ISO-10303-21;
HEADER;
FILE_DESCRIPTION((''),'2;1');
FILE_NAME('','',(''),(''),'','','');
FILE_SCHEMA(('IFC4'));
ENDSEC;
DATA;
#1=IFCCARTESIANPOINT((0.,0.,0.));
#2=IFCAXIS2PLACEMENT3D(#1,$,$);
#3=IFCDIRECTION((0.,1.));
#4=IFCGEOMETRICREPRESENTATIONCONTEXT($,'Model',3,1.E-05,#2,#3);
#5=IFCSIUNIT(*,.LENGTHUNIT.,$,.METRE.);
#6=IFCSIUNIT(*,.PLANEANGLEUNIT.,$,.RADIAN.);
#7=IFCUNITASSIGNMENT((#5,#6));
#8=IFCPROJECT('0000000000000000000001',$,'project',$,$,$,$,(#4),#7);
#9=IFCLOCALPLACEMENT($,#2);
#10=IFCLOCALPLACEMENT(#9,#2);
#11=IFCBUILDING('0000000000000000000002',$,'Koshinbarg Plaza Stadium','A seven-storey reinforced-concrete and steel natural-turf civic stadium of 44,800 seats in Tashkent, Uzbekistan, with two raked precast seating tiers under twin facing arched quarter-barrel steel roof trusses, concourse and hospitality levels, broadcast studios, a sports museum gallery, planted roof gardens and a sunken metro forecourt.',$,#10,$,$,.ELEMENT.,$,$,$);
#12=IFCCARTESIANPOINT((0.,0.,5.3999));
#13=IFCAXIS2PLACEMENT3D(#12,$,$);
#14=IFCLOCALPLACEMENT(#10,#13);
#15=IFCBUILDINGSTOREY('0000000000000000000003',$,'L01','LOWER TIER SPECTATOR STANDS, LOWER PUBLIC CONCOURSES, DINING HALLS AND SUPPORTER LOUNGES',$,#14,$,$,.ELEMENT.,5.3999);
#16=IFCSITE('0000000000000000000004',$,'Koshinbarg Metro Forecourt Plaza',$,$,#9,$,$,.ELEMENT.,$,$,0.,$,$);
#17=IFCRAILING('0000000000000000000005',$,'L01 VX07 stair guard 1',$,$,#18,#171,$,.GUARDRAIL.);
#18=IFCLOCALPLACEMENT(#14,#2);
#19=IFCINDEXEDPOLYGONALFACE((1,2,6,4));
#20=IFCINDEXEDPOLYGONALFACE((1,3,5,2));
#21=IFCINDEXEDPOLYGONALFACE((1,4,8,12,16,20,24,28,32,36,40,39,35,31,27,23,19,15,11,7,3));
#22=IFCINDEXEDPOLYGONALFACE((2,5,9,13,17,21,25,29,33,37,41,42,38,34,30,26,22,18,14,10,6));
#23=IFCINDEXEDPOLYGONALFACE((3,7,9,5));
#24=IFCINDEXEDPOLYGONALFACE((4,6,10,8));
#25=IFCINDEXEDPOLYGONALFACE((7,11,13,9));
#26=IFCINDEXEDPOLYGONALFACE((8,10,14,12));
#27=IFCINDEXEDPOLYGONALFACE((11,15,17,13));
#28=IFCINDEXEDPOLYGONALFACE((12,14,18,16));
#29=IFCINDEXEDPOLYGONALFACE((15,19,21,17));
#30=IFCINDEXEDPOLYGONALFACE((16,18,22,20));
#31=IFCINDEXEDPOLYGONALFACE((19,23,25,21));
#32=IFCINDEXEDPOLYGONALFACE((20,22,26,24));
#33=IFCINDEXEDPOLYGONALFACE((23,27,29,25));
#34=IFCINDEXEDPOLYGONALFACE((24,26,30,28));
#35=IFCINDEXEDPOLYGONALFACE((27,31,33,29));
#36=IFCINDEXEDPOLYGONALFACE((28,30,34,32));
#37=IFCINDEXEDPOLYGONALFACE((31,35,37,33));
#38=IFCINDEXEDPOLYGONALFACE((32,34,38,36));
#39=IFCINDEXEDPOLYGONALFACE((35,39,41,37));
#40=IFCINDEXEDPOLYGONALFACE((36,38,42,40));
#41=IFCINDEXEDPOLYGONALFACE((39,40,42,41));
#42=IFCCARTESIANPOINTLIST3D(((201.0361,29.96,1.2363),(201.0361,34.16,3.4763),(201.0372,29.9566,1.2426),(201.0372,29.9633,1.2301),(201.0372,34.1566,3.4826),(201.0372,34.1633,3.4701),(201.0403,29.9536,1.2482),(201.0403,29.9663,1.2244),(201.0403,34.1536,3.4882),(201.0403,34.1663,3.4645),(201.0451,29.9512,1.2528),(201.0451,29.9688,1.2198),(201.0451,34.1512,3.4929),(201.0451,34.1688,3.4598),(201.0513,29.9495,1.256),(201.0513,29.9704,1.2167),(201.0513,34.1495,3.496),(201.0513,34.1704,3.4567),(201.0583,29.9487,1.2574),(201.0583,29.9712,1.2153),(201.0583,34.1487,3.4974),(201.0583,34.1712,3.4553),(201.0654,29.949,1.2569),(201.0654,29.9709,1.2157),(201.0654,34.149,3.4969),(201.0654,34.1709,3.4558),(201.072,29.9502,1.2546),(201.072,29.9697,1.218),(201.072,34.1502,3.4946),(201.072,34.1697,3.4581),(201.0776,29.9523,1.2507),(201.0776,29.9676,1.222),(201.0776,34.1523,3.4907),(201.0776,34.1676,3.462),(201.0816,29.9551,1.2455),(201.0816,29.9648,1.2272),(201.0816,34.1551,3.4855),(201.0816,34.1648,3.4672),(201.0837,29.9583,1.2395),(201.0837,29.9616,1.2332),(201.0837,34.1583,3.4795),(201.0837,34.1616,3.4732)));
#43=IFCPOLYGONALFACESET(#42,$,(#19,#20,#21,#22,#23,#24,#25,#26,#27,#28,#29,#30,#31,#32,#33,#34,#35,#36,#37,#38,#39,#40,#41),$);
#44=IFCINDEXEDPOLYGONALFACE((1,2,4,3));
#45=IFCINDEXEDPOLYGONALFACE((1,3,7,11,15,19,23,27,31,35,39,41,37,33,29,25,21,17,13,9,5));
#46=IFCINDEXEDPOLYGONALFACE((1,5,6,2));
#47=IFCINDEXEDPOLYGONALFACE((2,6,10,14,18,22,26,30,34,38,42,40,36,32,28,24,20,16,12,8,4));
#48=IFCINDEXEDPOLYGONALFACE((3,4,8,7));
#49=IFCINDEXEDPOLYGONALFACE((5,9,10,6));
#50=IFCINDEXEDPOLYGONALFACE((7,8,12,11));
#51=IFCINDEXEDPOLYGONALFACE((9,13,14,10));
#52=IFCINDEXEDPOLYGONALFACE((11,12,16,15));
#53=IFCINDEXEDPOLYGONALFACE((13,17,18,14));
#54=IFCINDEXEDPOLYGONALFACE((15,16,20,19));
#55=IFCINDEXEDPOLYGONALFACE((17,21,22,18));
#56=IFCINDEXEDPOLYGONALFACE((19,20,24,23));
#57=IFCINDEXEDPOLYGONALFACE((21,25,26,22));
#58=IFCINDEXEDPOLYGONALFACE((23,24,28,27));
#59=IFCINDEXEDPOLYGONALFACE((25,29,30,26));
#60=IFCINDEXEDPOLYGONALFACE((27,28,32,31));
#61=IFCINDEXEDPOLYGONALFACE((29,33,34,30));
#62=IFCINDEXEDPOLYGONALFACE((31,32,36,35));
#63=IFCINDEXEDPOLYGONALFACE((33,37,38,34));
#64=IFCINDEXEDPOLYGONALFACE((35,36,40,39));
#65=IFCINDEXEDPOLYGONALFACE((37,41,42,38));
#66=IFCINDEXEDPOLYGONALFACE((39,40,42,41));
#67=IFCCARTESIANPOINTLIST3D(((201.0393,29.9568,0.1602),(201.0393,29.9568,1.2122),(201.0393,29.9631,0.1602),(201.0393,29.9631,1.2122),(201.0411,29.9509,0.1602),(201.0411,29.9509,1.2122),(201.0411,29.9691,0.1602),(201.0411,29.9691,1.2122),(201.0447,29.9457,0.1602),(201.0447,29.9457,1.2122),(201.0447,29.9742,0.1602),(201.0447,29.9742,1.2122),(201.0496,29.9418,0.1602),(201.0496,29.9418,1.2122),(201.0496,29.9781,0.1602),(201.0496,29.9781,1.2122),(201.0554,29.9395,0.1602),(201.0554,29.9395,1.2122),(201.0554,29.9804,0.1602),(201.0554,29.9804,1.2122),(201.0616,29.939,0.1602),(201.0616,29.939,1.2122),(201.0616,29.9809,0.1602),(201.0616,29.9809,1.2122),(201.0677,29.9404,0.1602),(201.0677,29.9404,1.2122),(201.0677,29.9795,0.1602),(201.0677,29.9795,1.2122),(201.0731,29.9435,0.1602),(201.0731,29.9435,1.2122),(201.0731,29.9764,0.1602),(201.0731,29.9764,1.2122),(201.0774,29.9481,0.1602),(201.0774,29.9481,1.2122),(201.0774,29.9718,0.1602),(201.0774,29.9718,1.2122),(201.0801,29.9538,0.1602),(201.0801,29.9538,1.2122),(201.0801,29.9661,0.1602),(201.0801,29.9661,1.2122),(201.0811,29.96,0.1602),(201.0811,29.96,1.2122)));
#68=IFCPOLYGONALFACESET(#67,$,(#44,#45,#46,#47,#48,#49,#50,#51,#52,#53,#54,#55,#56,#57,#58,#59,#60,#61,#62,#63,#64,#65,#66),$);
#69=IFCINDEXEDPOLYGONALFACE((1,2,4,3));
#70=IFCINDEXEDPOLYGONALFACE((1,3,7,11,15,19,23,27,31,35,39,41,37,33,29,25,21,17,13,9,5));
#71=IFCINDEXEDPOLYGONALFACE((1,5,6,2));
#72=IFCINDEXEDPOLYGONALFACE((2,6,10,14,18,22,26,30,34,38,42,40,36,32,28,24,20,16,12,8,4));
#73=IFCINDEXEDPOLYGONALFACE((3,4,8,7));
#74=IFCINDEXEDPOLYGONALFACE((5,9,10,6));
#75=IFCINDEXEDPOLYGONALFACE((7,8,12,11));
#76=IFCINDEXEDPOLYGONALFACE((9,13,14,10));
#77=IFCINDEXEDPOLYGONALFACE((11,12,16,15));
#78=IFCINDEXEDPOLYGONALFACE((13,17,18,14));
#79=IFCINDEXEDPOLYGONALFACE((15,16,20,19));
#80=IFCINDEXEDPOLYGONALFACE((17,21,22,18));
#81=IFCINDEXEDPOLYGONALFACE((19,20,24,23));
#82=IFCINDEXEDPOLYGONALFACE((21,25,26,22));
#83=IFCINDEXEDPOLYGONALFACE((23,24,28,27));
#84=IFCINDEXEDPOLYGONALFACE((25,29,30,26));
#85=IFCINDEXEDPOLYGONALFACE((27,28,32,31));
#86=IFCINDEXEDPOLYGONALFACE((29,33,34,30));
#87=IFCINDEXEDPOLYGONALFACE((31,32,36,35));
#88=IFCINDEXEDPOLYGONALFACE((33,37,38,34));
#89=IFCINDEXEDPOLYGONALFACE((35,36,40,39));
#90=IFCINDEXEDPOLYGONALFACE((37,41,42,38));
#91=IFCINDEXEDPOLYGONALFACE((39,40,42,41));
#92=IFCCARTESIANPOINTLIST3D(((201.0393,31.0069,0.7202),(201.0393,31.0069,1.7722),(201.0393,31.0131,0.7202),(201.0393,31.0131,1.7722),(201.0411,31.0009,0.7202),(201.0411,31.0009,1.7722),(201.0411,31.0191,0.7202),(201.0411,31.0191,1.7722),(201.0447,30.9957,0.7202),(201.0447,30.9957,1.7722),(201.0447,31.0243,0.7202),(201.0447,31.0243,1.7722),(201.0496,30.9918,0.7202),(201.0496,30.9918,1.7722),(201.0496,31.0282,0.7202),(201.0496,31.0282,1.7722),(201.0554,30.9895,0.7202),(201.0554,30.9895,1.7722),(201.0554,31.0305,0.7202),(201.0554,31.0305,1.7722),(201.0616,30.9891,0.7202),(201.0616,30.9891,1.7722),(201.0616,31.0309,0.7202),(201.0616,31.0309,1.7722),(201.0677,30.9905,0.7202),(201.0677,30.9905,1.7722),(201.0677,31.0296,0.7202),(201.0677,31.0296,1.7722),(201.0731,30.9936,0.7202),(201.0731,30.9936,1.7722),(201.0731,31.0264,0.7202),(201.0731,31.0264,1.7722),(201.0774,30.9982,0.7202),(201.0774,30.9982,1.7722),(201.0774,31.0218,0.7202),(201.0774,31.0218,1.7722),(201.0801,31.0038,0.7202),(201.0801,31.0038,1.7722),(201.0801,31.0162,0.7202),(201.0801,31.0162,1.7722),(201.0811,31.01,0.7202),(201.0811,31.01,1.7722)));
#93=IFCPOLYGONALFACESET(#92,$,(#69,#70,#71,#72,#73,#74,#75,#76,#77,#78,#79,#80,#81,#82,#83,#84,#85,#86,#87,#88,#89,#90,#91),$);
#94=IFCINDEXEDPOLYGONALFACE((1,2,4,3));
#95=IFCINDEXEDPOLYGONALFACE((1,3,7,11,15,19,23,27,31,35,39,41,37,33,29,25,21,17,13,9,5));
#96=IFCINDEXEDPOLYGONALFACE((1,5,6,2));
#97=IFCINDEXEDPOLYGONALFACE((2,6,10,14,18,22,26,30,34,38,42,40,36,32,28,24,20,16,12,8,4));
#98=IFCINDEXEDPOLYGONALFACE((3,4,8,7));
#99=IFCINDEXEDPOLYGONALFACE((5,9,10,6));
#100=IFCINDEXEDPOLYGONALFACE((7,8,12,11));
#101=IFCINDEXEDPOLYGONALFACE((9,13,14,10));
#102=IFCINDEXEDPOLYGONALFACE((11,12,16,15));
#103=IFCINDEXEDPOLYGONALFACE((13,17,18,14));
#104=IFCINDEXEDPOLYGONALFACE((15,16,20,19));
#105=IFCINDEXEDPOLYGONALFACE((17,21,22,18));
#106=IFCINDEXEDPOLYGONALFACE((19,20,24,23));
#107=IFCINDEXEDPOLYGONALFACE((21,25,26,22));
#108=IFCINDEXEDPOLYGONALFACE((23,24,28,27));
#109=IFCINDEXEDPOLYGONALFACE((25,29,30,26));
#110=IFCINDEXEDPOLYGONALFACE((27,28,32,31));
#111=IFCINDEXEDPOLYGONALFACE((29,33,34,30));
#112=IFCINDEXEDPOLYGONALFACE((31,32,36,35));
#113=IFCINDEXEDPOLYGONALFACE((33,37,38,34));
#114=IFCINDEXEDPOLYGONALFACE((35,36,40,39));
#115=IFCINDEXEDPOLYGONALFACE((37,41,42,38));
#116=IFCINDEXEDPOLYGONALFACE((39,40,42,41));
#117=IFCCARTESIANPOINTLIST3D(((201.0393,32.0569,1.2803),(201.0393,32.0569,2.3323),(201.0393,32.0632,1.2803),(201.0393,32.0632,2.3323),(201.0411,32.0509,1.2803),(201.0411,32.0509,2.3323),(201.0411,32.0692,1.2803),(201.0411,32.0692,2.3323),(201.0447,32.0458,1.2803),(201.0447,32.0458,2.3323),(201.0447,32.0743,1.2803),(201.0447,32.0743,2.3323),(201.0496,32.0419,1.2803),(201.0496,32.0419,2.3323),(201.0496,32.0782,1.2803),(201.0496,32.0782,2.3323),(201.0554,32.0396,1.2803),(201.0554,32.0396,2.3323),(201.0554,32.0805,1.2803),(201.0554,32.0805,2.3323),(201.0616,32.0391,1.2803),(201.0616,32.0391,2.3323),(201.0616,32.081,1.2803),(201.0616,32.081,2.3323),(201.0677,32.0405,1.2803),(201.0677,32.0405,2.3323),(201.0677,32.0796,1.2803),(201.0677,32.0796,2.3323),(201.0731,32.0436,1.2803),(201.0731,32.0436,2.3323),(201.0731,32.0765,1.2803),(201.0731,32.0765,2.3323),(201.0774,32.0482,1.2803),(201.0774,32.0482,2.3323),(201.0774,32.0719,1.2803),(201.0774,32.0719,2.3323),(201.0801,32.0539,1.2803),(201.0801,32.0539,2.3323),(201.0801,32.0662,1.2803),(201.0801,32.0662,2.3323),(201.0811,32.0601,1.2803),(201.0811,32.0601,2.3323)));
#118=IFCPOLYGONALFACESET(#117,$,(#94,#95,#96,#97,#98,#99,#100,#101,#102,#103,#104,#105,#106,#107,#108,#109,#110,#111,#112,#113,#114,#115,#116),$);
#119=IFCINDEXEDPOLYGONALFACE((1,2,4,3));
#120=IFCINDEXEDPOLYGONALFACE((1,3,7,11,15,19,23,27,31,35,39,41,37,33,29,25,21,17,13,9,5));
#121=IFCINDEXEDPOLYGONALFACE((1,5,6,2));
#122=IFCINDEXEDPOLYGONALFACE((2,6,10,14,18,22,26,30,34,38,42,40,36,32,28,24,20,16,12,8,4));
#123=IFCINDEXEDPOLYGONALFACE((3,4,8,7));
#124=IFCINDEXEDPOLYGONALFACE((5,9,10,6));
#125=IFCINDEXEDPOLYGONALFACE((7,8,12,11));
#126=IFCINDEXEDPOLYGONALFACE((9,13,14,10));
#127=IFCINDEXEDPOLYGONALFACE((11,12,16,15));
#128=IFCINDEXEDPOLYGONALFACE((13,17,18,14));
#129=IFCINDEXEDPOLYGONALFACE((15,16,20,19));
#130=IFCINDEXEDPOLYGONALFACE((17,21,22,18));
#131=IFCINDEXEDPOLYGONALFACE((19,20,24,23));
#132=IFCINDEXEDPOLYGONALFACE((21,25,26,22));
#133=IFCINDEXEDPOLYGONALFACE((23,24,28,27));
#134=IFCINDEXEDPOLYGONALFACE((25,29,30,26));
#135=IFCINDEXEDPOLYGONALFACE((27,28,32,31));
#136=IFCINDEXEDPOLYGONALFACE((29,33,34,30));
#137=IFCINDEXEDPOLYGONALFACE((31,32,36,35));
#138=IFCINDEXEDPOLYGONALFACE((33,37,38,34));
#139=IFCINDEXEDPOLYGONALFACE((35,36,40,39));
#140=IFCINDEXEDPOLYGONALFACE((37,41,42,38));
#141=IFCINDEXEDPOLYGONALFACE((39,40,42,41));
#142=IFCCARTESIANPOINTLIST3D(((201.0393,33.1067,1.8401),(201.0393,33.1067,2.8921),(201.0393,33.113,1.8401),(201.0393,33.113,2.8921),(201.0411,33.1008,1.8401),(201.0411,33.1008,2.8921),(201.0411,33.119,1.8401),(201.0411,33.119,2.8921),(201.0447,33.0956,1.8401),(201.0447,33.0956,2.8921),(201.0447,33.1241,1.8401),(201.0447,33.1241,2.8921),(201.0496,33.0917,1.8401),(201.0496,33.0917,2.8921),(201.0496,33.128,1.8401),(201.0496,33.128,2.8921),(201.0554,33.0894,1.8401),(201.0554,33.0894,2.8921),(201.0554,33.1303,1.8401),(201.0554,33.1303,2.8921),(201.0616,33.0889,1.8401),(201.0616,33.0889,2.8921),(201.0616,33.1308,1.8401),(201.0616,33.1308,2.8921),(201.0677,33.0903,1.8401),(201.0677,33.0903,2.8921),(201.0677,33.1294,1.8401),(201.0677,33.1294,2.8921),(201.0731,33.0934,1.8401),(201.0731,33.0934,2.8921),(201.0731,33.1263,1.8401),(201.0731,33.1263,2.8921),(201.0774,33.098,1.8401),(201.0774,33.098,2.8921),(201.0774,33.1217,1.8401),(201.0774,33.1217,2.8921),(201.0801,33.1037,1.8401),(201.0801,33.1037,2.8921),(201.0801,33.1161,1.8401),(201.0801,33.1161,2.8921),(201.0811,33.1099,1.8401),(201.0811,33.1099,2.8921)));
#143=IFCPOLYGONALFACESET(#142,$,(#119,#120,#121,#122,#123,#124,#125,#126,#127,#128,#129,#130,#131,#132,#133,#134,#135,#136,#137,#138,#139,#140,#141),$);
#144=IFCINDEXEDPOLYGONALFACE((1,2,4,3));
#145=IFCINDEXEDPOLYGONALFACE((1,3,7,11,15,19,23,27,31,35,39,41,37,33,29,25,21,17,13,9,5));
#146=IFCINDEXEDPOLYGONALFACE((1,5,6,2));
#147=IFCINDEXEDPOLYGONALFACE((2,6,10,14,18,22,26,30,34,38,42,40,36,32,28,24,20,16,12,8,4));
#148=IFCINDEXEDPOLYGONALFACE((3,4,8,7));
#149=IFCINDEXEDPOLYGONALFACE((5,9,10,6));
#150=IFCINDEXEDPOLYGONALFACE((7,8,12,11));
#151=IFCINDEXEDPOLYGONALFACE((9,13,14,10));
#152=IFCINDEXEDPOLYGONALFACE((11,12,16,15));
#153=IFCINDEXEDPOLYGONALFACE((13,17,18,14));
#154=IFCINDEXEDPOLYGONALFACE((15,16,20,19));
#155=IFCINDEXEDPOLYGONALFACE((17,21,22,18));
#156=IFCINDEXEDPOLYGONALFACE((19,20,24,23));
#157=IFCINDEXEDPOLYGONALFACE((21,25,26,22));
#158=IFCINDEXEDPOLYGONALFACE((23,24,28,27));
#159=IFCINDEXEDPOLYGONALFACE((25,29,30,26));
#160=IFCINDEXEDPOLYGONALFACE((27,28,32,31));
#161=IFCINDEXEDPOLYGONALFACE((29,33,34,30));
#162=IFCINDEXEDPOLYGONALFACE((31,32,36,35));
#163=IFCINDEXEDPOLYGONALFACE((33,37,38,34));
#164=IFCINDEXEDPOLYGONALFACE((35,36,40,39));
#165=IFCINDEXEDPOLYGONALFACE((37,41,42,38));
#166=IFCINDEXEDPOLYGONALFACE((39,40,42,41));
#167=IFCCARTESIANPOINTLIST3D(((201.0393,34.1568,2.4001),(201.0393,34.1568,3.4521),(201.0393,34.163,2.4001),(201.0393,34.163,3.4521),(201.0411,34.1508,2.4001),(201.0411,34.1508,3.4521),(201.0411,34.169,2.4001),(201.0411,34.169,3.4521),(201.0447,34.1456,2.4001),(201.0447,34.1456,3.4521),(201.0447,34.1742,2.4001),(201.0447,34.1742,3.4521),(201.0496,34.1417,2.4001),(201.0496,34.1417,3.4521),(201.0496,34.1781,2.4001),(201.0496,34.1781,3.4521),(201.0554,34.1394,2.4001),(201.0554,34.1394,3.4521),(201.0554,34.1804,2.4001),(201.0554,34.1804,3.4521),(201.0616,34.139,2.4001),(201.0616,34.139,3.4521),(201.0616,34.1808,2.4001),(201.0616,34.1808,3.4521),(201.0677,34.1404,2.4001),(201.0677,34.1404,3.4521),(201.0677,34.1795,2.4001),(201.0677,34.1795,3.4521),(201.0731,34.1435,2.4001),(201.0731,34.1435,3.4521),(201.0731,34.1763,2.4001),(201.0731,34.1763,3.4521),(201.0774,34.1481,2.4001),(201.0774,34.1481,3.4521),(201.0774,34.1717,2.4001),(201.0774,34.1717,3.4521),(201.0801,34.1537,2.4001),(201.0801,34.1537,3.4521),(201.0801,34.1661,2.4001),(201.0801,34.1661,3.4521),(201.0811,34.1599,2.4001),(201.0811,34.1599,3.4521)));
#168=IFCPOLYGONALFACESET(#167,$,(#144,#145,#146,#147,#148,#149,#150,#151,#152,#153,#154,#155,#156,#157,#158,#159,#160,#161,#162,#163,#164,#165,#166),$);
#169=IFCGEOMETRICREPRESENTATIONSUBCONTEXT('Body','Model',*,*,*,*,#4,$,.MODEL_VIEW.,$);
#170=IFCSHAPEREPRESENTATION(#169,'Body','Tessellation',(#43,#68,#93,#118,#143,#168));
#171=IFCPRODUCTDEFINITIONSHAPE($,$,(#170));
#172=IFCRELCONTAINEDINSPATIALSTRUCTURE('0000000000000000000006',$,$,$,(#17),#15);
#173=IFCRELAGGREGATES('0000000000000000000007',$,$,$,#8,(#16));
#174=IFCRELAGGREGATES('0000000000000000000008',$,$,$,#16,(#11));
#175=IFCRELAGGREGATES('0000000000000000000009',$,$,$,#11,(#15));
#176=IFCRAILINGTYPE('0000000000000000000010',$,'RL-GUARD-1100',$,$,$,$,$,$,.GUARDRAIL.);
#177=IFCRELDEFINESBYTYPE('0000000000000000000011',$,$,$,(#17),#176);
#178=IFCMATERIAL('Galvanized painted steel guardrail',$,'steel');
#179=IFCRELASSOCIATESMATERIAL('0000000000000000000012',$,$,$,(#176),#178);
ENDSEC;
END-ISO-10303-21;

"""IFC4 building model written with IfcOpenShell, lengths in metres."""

from ifc_helpers import new_model, si_unit, direction, frame, origin, origin_2d, place, context, subcontext, project, spatial, circle, extrude, material, type_object, element, save


model = new_model("IFC4")

# Units and contexts
model_context = context("Model", 3, precision=1e-05, world=origin(), true_north=direction((0.0, 1.0)))
body_context = subcontext(model_context, "Body", "Model", "MODEL_VIEW")
ifc_project = project(units=[si_unit("LENGTHUNIT", "METRE"), si_unit("PLANEANGLEUNIT", "RADIAN")], contexts=[model_context])

# Site, building, storey
site_placement = place(None, origin())
site = spatial("IfcSite", under=ifc_project, at=site_placement, Name="Koshinbarg Metro Forecourt Plaza", CompositionType="ELEMENT", RefElevation=0.0)
building_placement = place(site_placement, origin())
building = spatial("IfcBuilding", under=site, at=building_placement, Name="Koshinbarg Plaza Stadium", Description="A seven-storey reinforced-concrete and steel natural-turf civic stadium of 44,800 seats in Tashkent, Uzbekistan, with two raked precast seating tiers under twin facing arched quarter-barrel steel roof trusses, concourse and hospitality levels, broadcast studios, a sports museum gallery, planted roof gardens and a sunken metro forecourt.", CompositionType="ELEMENT")
storey_placement = place(building_placement, frame((0.0, 0.0, 5.3999)))
storey = spatial("IfcBuildingStorey", under=building, at=storey_placement, Name="L01", Description="LOWER TIER SPECTATOR STANDS, LOWER PUBLIC CONCOURSES, DINING HALLS AND SUPPORTER LOUNGES", CompositionType="ELEMENT", Elevation=5.3999)

# Railing
ifc_material_1 = material(Name="Galvanized painted steel guardrail", Category="steel")
railing_type_1 = type_object("IfcRailingType", Name="RL-GUARD-1100", PredefinedType="GUARDRAIL", material=ifc_material_1)
railing_1_placement = place(storey_placement, frame((201.0601, 29.96, 0.1602)))
element("IfcRailing", 1, at=railing_1_placement, inside=storey, type_object=railing_type_1, Name="L01 VX07 stair guard 1", PredefinedType="GUARDRAIL", context=body_context, shape_type="SweptSolid", body=[
    extrude(circle(Radius=0.0239, at=origin_2d()), frame((0.0, 0.0, 1.0762), z_axis=(0.0, 0.882352, 0.470591), x_axis=(-1.0, 0.0, 0.0)), (0.0, 0.0, 1.0), 4.76),
    extrude(circle(Radius=0.021, at=origin_2d()), origin(), (0.0, 0.0, 1.0), 1.052),
    extrude(circle(Radius=0.021, at=origin_2d()), frame((0.0, 1.05, 0.5601)), (0.0, 0.0, 1.0), 1.052),
    extrude(circle(Radius=0.021, at=origin_2d()), frame((0.0, 2.1001, 1.1201)), (0.0, 0.0, 1.0), 1.052),
    extrude(circle(Radius=0.021, at=origin_2d()), frame((0.0, 3.1499, 1.6799)), (0.0, 0.0, 1.0), 1.052),
    extrude(circle(Radius=0.021, at=origin_2d()), frame((0.0, 4.2, 2.24)), (0.0, 0.0, 1.0), 1.052),
])

save(model, "model.ifc")
